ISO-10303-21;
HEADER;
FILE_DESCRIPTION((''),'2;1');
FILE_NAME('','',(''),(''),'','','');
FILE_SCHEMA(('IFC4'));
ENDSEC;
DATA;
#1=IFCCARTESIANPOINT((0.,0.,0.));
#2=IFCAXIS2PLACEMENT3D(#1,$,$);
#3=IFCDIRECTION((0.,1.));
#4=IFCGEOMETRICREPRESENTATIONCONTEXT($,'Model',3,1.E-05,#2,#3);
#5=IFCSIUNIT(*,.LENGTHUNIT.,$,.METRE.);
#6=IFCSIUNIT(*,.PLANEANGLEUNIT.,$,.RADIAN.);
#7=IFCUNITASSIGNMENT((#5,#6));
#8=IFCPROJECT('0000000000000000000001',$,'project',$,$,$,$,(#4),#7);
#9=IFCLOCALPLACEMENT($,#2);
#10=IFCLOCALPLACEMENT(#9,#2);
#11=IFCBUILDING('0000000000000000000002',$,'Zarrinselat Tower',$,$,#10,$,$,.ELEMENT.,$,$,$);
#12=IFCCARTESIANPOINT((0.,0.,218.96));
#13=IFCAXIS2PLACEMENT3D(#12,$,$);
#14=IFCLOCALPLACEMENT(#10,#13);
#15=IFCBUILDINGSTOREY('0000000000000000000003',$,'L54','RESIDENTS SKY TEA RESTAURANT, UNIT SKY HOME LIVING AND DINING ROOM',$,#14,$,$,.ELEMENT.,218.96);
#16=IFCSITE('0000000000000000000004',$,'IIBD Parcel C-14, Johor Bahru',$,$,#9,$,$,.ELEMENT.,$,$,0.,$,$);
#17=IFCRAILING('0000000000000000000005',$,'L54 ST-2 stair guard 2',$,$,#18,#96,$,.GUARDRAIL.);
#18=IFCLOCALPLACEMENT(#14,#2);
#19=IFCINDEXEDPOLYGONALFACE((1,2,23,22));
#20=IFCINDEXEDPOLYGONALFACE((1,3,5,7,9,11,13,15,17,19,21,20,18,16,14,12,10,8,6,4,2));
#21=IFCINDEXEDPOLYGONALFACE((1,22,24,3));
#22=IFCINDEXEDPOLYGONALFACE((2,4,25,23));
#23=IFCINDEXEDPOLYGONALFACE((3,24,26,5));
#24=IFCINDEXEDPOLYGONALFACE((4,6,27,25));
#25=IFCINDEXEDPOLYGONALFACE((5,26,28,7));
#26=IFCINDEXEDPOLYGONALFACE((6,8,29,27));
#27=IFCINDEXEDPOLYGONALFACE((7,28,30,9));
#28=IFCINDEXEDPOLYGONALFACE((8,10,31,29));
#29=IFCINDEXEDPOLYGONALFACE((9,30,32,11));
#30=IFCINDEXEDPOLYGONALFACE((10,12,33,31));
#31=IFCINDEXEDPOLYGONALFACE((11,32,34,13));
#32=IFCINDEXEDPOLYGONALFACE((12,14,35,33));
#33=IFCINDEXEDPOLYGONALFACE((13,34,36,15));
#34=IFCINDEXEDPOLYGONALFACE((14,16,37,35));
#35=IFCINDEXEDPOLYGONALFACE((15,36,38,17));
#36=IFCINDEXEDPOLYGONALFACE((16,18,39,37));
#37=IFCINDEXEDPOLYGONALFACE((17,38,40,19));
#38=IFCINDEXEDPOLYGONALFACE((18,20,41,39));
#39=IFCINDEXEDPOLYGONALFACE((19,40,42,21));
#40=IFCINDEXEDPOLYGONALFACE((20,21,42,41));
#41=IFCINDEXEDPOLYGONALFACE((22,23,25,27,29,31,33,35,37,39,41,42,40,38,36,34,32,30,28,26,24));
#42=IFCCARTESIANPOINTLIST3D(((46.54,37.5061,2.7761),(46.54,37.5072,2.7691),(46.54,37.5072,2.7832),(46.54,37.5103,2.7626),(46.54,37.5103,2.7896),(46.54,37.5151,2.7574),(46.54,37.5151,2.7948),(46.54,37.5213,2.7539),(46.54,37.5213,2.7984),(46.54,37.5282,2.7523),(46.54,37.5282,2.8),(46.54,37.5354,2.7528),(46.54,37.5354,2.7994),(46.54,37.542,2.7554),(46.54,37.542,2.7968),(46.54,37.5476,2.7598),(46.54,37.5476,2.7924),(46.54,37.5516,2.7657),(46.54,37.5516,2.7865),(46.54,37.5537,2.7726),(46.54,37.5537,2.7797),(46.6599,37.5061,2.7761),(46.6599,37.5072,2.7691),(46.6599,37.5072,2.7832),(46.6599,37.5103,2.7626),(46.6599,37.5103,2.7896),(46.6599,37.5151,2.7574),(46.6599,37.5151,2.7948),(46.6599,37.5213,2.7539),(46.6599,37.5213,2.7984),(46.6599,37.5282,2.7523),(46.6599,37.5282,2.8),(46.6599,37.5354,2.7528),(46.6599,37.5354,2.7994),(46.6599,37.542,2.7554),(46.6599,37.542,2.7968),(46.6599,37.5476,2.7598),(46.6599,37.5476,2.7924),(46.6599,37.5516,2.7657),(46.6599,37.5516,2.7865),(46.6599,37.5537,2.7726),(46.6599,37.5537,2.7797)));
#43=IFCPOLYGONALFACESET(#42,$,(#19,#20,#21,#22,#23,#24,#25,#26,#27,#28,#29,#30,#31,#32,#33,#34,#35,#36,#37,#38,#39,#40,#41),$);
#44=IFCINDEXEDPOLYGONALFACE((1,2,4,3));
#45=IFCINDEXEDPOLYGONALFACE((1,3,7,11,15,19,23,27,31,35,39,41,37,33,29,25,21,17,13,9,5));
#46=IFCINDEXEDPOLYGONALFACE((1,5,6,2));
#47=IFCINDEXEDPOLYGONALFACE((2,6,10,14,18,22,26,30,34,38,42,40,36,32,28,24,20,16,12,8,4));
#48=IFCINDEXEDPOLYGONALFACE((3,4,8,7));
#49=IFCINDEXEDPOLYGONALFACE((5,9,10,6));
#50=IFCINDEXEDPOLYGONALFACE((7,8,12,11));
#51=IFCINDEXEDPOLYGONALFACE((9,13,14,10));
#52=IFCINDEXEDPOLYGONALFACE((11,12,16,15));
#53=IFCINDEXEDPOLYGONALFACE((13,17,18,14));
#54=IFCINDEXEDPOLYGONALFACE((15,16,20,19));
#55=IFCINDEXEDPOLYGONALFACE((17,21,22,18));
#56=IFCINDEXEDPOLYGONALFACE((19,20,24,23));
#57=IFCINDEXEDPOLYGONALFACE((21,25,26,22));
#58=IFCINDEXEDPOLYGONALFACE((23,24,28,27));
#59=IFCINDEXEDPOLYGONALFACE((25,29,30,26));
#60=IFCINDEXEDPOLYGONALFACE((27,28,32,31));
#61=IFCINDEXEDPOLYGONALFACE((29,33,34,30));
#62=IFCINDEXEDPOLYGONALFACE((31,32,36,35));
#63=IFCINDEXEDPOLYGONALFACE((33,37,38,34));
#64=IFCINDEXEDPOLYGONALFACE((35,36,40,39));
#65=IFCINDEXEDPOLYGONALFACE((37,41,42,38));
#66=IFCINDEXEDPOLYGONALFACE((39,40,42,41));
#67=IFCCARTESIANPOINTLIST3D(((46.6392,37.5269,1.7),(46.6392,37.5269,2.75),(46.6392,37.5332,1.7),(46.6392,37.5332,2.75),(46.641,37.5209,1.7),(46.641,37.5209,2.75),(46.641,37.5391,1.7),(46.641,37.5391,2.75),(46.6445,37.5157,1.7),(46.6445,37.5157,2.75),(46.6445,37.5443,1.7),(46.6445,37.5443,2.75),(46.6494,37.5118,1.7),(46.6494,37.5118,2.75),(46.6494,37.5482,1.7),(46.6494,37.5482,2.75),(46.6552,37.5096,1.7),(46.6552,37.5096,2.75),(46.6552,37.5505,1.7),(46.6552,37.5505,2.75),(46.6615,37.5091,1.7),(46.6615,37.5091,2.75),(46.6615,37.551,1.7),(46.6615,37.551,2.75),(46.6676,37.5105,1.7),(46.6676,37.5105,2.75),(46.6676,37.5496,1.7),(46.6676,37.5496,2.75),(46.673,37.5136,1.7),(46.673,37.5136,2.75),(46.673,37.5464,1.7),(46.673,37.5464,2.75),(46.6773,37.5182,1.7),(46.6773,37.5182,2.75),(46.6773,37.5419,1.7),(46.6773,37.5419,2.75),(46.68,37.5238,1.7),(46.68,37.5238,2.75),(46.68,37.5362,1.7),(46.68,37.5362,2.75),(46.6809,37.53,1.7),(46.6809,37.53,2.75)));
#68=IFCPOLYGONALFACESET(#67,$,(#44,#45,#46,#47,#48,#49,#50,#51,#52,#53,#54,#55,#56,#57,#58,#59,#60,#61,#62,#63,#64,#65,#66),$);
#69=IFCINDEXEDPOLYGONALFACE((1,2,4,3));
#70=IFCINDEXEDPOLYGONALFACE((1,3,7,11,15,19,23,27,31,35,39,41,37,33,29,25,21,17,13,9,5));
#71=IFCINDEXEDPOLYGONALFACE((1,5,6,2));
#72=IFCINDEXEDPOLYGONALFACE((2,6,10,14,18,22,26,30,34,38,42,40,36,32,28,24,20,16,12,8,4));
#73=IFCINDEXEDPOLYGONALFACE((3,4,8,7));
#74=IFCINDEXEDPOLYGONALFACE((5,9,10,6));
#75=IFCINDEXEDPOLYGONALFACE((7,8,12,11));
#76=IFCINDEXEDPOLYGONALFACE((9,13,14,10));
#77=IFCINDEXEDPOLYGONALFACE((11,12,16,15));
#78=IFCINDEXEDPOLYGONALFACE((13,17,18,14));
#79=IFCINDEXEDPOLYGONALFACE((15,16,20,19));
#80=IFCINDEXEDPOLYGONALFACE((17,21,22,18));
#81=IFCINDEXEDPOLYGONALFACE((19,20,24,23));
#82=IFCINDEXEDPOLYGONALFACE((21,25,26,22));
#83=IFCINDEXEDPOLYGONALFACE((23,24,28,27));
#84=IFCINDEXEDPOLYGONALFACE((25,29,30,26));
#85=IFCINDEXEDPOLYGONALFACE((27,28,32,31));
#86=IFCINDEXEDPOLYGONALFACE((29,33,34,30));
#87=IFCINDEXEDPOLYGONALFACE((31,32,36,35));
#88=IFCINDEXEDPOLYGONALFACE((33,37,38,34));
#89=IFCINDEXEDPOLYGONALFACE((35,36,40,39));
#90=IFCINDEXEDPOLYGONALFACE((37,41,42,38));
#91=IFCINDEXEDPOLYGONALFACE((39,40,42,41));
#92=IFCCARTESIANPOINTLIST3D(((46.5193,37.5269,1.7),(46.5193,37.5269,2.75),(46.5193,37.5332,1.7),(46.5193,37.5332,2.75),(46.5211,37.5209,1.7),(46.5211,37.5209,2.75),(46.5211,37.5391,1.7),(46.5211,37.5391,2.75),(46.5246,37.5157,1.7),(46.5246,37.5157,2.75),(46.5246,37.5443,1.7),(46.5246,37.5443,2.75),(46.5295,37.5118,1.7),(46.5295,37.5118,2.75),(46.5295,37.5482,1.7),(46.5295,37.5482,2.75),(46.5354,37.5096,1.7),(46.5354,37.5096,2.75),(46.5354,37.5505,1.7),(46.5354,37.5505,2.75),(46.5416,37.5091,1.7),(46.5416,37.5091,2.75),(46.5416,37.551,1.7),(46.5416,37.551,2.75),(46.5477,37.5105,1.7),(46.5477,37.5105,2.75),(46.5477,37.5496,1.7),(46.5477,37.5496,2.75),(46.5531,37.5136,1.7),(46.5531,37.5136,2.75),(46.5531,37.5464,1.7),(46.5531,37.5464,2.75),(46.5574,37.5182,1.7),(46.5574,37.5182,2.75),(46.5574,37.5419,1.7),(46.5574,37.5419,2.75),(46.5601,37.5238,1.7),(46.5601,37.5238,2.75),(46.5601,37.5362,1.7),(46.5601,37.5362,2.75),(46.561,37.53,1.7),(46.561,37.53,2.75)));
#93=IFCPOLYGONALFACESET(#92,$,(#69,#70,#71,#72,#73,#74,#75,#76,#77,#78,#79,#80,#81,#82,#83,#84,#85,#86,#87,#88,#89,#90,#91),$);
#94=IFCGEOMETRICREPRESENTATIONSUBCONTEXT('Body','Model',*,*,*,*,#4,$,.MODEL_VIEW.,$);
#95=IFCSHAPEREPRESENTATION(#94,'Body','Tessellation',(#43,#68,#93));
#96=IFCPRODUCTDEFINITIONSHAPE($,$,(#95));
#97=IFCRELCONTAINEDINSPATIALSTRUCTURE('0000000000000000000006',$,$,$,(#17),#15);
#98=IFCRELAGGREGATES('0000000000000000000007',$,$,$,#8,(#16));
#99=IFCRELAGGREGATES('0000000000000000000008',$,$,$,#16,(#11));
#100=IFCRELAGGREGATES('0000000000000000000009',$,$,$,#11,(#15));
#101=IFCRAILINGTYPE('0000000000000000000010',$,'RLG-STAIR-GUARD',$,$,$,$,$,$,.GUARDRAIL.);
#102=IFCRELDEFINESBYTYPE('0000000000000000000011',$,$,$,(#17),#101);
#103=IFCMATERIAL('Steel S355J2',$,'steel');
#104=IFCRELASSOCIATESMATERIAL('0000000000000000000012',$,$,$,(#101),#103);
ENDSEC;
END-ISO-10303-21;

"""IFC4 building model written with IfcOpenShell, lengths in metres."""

from ifc_helpers import new_model, si_unit, direction, frame, origin, origin_2d, place, context, subcontext, project, spatial, circle, extrude, material, type_object, element, save


model = new_model("IFC4")

# Units and contexts
model_context = context("Model", 3, precision=1e-05, world=origin(), true_north=direction((0.0, 1.0)))
body_context = subcontext(model_context, "Body", "Model", "MODEL_VIEW")
ifc_project = project(units=[si_unit("LENGTHUNIT", "METRE"), si_unit("PLANEANGLEUNIT", "RADIAN")], contexts=[model_context])

# Site, building, storey
site_placement = place(None, origin())
site = spatial("IfcSite", under=ifc_project, at=site_placement, Name="IIBD Parcel C-14, Johor Bahru", CompositionType="ELEMENT", RefElevation=0.0)
building_placement = place(site_placement, origin())
building = spatial("IfcBuilding", under=site, at=building_placement, Name="Zarrinselat Tower", CompositionType="ELEMENT")
storey_placement = place(building_placement, frame((0.0, 0.0, 218.96)))
storey = spatial("IfcBuildingStorey", under=building, at=storey_placement, Name="L54", Description="RESIDENTS SKY TEA RESTAURANT, UNIT SKY HOME LIVING AND DINING ROOM", CompositionType="ELEMENT", Elevation=218.96)

# Railing
ifc_material_1 = material(Name="Steel S355J2", Category="steel")
railing_type_1 = type_object("IfcRailingType", Name="RLG-STAIR-GUARD", PredefinedType="GUARDRAIL", material=ifc_material_1)
railing_1_placement = place(storey_placement, frame((46.6599, 37.53, 1.7)))
element("IfcRailing", 1, at=railing_1_placement, inside=storey, type_object=railing_type_1, Name="L54 ST-2 stair guard 2", PredefinedType="GUARDRAIL", context=body_context, shape_type="SweptSolid", body=[
    extrude(circle(Radius=0.0239, at=origin_2d()), frame((0.0, 0.0, 1.0762), z_axis=(-1.0, 0.0, 0.0), x_axis=(0.0, -1.0, 0.0)), (0.0, 0.0, 1.0), 0.1199),
    extrude(circle(Radius=0.021, at=origin_2d()), origin(), (0.0, 0.0, 1.0), 1.05),
    extrude(circle(Radius=0.021, at=origin_2d()), frame((-0.1199, 0.0, 0.0)), (0.0, 0.0, 1.0), 1.05),
])

save(model, "model.ifc")
